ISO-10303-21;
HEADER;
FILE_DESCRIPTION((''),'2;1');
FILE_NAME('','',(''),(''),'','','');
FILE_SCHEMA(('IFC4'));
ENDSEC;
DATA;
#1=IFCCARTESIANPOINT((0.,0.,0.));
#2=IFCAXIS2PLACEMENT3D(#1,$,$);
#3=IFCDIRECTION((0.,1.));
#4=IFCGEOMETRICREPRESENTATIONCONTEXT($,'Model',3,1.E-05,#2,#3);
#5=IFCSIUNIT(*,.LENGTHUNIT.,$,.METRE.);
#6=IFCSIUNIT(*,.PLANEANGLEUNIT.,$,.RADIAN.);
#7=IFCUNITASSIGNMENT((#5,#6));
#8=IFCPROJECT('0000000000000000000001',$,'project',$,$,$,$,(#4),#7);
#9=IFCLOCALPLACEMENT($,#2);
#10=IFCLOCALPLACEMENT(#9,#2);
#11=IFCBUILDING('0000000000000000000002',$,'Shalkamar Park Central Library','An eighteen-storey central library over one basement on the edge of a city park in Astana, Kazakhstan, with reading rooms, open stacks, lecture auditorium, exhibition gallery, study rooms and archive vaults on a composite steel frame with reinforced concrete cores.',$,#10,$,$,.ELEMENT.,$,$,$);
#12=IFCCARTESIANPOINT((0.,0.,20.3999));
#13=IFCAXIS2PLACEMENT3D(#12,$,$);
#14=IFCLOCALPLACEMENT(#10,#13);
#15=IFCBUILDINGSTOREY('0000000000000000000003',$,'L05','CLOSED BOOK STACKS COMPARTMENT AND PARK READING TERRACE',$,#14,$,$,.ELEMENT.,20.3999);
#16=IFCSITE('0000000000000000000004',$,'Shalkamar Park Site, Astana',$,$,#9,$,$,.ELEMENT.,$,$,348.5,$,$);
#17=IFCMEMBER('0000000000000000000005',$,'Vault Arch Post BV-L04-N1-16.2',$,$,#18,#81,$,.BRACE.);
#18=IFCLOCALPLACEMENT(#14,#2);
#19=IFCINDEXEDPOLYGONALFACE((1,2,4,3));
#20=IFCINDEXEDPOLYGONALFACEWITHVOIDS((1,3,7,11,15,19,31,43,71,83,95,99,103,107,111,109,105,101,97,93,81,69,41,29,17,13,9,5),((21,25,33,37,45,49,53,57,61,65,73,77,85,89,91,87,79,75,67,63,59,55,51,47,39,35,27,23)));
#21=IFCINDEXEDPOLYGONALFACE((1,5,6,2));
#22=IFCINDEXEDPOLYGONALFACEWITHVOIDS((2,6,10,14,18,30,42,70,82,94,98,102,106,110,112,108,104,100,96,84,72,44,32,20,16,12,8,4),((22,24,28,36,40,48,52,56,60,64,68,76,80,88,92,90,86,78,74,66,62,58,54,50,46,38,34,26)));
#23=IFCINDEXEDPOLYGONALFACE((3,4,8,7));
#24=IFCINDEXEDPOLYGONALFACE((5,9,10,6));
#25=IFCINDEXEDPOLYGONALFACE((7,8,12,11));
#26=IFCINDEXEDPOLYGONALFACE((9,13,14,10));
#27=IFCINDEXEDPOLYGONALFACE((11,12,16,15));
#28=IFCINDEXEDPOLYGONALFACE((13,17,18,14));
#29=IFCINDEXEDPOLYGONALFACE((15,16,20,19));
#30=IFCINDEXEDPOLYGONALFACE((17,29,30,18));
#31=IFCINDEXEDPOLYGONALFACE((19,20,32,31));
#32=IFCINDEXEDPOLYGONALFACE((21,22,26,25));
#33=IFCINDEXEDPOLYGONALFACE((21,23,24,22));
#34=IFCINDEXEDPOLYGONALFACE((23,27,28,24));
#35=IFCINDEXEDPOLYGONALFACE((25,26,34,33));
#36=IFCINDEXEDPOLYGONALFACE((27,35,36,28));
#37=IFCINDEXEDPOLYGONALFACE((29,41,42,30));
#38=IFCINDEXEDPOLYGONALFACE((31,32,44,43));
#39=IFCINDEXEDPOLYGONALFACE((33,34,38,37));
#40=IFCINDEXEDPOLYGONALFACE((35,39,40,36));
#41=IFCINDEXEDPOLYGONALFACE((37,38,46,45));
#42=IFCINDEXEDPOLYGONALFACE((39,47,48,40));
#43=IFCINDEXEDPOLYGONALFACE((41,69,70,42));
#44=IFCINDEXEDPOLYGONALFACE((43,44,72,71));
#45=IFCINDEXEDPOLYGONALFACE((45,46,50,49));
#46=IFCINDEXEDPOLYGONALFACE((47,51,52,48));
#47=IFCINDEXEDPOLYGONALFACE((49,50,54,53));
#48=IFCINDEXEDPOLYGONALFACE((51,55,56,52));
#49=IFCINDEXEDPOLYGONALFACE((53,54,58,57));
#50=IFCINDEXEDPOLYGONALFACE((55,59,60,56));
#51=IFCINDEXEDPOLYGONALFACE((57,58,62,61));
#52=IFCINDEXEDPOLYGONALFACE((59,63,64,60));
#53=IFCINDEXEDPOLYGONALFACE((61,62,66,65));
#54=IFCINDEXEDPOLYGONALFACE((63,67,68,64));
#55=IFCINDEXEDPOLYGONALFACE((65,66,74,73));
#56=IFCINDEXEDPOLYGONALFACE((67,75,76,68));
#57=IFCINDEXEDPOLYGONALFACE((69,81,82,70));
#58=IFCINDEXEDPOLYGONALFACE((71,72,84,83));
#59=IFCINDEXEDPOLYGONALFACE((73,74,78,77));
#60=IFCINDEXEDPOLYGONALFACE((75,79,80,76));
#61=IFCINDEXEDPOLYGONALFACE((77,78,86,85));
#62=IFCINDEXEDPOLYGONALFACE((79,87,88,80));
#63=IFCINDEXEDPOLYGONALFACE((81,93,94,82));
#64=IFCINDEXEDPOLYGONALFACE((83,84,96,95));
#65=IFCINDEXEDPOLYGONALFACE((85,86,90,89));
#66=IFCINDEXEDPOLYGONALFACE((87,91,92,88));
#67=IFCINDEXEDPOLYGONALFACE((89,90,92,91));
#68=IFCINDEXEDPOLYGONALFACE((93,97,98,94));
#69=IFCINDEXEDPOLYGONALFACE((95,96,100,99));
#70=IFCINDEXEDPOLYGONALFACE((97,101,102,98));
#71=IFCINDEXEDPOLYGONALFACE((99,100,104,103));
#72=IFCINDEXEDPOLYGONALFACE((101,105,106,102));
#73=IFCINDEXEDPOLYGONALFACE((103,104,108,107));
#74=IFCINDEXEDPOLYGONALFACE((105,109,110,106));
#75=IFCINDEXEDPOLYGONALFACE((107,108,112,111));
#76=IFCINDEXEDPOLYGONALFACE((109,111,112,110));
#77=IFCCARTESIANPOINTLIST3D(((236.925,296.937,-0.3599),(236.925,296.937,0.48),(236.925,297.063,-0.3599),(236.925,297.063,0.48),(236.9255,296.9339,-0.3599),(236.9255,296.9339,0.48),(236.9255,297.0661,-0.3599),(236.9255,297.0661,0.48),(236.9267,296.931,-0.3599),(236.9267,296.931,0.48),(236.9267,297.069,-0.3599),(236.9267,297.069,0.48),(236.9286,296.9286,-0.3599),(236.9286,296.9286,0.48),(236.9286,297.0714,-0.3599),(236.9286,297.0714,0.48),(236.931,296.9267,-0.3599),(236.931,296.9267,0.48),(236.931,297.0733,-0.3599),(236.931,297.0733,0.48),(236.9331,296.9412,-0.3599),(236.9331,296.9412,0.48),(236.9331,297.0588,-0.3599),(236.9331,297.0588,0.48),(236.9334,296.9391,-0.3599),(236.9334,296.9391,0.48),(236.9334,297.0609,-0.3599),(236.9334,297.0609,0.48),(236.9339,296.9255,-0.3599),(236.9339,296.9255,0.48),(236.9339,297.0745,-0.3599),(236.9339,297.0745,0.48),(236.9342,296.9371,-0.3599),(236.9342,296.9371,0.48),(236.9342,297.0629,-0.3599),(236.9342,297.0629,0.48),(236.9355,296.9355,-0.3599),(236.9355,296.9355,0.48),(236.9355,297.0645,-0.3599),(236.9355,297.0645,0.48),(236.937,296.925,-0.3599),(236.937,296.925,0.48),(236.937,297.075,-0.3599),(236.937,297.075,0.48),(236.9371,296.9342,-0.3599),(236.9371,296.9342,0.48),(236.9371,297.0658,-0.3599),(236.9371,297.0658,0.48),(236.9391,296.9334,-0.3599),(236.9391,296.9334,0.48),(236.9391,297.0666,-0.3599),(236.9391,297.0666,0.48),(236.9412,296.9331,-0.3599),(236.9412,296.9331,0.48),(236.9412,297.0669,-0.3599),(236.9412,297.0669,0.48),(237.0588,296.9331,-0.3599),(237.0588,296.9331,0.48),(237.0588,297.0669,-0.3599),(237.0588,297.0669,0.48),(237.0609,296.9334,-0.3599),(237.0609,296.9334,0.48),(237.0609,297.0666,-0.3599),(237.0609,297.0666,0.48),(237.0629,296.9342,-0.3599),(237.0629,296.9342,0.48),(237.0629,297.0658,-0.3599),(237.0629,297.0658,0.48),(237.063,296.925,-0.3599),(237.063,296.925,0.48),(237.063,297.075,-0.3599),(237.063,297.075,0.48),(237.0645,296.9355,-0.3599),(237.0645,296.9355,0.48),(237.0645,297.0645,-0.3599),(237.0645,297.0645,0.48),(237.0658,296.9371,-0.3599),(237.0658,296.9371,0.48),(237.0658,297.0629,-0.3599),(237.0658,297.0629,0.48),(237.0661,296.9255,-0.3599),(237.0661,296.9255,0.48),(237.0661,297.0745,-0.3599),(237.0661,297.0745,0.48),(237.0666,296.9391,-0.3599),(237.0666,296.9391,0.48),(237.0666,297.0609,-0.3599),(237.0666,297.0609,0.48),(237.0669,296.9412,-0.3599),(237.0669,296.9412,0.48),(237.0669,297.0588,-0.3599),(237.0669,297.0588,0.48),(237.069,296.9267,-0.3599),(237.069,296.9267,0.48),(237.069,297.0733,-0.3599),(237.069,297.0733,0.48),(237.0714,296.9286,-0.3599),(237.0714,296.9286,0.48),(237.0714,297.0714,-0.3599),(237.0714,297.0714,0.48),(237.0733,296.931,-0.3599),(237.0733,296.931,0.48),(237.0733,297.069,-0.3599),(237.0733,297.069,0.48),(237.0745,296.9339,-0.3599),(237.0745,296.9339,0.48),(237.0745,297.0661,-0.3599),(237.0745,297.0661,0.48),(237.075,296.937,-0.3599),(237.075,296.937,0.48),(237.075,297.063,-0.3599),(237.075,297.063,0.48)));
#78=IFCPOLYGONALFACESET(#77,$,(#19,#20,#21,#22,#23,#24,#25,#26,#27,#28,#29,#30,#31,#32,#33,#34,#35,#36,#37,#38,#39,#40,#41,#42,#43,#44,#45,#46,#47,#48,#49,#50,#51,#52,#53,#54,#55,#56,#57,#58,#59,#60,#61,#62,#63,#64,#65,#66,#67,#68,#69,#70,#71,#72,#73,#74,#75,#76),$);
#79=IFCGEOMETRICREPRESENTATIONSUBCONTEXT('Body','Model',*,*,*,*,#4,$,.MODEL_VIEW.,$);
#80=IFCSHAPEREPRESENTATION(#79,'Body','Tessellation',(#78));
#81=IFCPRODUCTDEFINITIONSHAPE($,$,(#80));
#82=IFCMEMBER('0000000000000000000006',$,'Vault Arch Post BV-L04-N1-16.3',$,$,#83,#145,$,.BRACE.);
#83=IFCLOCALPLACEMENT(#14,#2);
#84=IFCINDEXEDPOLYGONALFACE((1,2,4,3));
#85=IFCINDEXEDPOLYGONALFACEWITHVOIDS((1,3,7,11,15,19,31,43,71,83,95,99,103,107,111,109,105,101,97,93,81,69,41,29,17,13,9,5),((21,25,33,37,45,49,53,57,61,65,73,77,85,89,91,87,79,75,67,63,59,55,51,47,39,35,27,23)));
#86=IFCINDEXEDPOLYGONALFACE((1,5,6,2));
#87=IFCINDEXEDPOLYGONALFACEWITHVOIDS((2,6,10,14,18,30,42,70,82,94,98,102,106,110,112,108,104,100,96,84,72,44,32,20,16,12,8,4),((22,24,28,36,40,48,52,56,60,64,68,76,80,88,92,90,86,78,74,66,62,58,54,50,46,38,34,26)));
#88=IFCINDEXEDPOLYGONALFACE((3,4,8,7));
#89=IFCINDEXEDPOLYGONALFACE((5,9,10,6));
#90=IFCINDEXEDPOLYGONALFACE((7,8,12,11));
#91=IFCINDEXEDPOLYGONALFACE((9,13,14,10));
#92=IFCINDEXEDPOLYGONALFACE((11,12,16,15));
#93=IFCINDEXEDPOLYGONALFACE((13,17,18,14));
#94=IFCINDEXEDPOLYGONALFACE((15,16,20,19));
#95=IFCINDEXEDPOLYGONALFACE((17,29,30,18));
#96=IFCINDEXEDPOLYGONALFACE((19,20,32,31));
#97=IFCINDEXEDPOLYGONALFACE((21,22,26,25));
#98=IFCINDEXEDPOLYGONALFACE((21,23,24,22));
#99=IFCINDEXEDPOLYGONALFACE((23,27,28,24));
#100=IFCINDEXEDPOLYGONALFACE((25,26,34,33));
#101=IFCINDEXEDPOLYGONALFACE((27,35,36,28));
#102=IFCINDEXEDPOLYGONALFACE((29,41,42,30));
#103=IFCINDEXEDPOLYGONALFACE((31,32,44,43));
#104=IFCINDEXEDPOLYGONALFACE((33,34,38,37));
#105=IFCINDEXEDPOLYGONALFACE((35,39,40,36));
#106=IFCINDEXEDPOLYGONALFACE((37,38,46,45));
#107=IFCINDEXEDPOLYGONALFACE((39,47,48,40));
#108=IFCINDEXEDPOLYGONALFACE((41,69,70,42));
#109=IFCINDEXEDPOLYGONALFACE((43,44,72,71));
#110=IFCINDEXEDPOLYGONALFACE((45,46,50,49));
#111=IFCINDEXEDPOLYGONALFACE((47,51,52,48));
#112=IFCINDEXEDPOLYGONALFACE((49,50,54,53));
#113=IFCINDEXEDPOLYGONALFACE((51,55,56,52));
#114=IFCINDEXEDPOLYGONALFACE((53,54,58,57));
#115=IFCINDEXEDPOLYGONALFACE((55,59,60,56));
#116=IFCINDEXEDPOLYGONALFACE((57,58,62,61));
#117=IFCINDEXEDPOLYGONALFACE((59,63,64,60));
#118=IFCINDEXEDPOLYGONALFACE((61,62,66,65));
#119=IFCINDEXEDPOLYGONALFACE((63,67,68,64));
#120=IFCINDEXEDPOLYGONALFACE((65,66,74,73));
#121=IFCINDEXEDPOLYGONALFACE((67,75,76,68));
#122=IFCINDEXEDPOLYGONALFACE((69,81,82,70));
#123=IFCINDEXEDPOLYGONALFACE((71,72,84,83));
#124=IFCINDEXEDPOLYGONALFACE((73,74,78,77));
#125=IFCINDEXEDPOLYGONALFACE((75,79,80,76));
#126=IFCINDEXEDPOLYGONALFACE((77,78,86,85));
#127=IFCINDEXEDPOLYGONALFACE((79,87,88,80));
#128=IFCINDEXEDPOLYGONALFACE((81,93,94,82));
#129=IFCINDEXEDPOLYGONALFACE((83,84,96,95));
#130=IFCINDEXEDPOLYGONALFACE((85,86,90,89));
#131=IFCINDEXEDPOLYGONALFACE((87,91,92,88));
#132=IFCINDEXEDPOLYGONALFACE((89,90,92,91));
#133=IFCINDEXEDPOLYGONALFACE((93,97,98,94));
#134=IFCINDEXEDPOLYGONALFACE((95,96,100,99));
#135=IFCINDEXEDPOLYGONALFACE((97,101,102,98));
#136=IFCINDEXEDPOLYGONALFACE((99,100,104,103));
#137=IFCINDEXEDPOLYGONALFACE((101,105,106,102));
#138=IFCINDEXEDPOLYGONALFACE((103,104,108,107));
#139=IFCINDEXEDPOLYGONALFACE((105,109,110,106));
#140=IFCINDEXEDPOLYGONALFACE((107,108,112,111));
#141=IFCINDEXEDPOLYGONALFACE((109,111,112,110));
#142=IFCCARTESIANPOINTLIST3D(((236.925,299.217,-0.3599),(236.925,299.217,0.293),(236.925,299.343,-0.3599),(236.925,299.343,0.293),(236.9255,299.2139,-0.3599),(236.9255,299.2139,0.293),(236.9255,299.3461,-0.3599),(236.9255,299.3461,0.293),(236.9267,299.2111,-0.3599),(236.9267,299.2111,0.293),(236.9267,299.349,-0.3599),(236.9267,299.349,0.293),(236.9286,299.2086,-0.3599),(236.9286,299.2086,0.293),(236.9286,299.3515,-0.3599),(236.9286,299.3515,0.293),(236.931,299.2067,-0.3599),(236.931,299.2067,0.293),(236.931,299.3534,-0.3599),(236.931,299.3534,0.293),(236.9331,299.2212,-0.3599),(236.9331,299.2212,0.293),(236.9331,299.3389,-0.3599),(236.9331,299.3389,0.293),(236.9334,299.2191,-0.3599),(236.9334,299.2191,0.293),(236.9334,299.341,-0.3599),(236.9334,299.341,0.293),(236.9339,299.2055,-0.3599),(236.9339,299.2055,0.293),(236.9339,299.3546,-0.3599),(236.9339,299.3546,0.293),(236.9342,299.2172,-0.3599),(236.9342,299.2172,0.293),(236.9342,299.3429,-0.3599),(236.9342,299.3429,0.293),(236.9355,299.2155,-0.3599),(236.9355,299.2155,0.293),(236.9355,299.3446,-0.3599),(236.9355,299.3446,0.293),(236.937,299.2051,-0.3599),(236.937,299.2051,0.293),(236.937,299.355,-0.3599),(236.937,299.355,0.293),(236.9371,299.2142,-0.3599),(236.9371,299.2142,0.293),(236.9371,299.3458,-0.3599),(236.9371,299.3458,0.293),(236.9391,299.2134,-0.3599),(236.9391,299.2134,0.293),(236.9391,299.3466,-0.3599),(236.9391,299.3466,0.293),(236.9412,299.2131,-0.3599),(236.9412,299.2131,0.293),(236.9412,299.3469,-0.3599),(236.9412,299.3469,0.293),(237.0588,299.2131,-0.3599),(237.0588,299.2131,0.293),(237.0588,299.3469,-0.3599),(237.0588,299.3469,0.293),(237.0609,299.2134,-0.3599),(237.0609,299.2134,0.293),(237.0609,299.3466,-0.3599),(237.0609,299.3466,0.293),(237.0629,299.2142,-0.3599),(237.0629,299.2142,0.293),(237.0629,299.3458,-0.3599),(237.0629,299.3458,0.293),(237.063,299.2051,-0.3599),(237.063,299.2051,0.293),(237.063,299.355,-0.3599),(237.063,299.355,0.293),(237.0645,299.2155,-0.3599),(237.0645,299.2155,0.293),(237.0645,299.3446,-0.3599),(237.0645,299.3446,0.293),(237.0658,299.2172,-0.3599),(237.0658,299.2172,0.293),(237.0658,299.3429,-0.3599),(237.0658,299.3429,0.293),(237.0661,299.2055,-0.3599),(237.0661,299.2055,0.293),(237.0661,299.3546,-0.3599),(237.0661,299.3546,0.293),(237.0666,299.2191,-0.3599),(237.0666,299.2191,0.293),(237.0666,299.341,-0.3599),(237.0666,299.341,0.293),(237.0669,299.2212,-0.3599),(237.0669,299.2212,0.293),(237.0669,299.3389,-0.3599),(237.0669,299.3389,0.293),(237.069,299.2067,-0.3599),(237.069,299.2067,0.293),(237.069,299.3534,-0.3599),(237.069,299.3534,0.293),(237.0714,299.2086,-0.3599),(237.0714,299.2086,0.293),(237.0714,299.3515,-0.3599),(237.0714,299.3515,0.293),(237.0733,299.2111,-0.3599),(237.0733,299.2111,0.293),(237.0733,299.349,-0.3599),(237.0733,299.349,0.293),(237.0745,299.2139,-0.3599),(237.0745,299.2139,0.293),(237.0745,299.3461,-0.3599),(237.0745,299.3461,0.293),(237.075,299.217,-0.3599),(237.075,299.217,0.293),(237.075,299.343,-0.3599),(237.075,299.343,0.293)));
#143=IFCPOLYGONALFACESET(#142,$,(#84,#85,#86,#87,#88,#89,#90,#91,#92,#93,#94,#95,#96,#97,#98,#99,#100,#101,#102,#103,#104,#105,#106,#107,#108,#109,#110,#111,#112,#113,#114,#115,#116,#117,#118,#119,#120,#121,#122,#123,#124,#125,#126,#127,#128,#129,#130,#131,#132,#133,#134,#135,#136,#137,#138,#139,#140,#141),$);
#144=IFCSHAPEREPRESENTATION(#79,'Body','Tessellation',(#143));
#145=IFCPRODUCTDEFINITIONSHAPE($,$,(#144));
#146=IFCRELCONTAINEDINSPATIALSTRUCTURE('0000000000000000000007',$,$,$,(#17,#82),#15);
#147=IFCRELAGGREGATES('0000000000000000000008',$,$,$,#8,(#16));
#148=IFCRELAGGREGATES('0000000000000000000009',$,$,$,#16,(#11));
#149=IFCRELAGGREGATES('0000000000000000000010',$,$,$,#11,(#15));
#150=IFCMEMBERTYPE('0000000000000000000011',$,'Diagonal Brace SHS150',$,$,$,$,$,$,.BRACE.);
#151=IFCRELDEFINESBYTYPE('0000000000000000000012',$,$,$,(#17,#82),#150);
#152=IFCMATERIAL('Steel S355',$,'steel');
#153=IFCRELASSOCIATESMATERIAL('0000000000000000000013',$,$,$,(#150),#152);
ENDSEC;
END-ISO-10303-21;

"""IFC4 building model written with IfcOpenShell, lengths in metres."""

from ifc_helpers import new_model, si_unit, direction, frame, origin, origin_2d, place, context, subcontext, project, spatial, hollow_rectangle, extrude, material, material_profile, profile_set, type_object, element, save


model = new_model("IFC4")

# Units and contexts
model_context = context("Model", 3, precision=1e-05, world=origin(), true_north=direction((0.0, 1.0)))
body_context = subcontext(model_context, "Body", "Model", "MODEL_VIEW")
ifc_project = project(units=[si_unit("LENGTHUNIT", "METRE"), si_unit("PLANEANGLEUNIT", "RADIAN")], contexts=[model_context])

# Site, building, storey
site_placement = place(None, origin())
site = spatial("IfcSite", under=ifc_project, at=site_placement, Name="Shalkamar Park Site, Astana", CompositionType="ELEMENT", RefElevation=348.5)
building_placement = place(site_placement, origin())
building = spatial("IfcBuilding", under=site, at=building_placement, Name="Shalkamar Park Central Library", Description="An eighteen-storey central library over one basement on the edge of a city park in Astana, Kazakhstan, with reading rooms, open stacks, lecture auditorium, exhibition gallery, study rooms and archive vaults on a composite steel frame with reinforced concrete cores.", CompositionType="ELEMENT")
storey_placement = place(building_placement, frame((0.0, 0.0, 20.3999)))
storey = spatial("IfcBuildingStorey", under=building, at=storey_placement, Name="L05", Description="CLOSED BOOK STACKS COMPARTMENT AND PARK READING TERRACE", CompositionType="ELEMENT", Elevation=20.3999)

# Members
ifc_material = material(Name="Steel S355", Category="steel")
ifc_material_profile_1 = material_profile(ifc_material, hollow_rectangle(XDim=0.1499, YDim=0.1499, WallThickness=0.0081, InnerFilletRadius=0.0081, OuterFilletRadius=0.012, at=origin_2d()), Name="SHS 150x150x8")
ifc_profile_set_1 = profile_set([ifc_material_profile_1], Name="Steel S355")
member_type_1 = type_object("IfcMemberType", Name="Diagonal Brace SHS150", PredefinedType="BRACE", material=ifc_profile_set_1)
member_1_placement = place(storey_placement, frame((237.0, 297.0, -0.3599), z_axis=(0.0, 0.0, 1.0), x_axis=(1.0, 0.0, 0.0)))
element("IfcMember", 1, at=member_1_placement, inside=storey, type_object=member_type_1, Name="Vault Arch Post BV-L04-N1-16.2", PredefinedType="BRACE", context=body_context, shape_type="SweptSolid", body=[
    extrude(hollow_rectangle(XDim=0.1499, YDim=0.1499, WallThickness=0.0081, InnerFilletRadius=0.0081, OuterFilletRadius=0.012, at=origin_2d()), origin(), (0.0, 0.0, 1.0), 0.8398),
])
for number, where, z_axis, x_axis, name in (
    (2, (237.0, 299.28, -0.3599), (0.0, 0.0, 1.0), (1.0, 0.0, 0.0), "Vault Arch Post BV-L04-N1-16.3"),
):
    element("IfcMember", number, at=place(storey_placement, frame(where, z_axis=z_axis, x_axis=x_axis)), inside=storey, type_object=member_type_1, Name=name, PredefinedType="BRACE", context=body_context, shape_type="SweptSolid", body=[
        extrude(hollow_rectangle(XDim=0.1499, YDim=0.1499, WallThickness=0.0081, InnerFilletRadius=0.0081, OuterFilletRadius=0.012, at=origin_2d()), origin(), (0.0, 0.0, 1.0), 0.6528),
    ])

save(model, "model.ifc")
